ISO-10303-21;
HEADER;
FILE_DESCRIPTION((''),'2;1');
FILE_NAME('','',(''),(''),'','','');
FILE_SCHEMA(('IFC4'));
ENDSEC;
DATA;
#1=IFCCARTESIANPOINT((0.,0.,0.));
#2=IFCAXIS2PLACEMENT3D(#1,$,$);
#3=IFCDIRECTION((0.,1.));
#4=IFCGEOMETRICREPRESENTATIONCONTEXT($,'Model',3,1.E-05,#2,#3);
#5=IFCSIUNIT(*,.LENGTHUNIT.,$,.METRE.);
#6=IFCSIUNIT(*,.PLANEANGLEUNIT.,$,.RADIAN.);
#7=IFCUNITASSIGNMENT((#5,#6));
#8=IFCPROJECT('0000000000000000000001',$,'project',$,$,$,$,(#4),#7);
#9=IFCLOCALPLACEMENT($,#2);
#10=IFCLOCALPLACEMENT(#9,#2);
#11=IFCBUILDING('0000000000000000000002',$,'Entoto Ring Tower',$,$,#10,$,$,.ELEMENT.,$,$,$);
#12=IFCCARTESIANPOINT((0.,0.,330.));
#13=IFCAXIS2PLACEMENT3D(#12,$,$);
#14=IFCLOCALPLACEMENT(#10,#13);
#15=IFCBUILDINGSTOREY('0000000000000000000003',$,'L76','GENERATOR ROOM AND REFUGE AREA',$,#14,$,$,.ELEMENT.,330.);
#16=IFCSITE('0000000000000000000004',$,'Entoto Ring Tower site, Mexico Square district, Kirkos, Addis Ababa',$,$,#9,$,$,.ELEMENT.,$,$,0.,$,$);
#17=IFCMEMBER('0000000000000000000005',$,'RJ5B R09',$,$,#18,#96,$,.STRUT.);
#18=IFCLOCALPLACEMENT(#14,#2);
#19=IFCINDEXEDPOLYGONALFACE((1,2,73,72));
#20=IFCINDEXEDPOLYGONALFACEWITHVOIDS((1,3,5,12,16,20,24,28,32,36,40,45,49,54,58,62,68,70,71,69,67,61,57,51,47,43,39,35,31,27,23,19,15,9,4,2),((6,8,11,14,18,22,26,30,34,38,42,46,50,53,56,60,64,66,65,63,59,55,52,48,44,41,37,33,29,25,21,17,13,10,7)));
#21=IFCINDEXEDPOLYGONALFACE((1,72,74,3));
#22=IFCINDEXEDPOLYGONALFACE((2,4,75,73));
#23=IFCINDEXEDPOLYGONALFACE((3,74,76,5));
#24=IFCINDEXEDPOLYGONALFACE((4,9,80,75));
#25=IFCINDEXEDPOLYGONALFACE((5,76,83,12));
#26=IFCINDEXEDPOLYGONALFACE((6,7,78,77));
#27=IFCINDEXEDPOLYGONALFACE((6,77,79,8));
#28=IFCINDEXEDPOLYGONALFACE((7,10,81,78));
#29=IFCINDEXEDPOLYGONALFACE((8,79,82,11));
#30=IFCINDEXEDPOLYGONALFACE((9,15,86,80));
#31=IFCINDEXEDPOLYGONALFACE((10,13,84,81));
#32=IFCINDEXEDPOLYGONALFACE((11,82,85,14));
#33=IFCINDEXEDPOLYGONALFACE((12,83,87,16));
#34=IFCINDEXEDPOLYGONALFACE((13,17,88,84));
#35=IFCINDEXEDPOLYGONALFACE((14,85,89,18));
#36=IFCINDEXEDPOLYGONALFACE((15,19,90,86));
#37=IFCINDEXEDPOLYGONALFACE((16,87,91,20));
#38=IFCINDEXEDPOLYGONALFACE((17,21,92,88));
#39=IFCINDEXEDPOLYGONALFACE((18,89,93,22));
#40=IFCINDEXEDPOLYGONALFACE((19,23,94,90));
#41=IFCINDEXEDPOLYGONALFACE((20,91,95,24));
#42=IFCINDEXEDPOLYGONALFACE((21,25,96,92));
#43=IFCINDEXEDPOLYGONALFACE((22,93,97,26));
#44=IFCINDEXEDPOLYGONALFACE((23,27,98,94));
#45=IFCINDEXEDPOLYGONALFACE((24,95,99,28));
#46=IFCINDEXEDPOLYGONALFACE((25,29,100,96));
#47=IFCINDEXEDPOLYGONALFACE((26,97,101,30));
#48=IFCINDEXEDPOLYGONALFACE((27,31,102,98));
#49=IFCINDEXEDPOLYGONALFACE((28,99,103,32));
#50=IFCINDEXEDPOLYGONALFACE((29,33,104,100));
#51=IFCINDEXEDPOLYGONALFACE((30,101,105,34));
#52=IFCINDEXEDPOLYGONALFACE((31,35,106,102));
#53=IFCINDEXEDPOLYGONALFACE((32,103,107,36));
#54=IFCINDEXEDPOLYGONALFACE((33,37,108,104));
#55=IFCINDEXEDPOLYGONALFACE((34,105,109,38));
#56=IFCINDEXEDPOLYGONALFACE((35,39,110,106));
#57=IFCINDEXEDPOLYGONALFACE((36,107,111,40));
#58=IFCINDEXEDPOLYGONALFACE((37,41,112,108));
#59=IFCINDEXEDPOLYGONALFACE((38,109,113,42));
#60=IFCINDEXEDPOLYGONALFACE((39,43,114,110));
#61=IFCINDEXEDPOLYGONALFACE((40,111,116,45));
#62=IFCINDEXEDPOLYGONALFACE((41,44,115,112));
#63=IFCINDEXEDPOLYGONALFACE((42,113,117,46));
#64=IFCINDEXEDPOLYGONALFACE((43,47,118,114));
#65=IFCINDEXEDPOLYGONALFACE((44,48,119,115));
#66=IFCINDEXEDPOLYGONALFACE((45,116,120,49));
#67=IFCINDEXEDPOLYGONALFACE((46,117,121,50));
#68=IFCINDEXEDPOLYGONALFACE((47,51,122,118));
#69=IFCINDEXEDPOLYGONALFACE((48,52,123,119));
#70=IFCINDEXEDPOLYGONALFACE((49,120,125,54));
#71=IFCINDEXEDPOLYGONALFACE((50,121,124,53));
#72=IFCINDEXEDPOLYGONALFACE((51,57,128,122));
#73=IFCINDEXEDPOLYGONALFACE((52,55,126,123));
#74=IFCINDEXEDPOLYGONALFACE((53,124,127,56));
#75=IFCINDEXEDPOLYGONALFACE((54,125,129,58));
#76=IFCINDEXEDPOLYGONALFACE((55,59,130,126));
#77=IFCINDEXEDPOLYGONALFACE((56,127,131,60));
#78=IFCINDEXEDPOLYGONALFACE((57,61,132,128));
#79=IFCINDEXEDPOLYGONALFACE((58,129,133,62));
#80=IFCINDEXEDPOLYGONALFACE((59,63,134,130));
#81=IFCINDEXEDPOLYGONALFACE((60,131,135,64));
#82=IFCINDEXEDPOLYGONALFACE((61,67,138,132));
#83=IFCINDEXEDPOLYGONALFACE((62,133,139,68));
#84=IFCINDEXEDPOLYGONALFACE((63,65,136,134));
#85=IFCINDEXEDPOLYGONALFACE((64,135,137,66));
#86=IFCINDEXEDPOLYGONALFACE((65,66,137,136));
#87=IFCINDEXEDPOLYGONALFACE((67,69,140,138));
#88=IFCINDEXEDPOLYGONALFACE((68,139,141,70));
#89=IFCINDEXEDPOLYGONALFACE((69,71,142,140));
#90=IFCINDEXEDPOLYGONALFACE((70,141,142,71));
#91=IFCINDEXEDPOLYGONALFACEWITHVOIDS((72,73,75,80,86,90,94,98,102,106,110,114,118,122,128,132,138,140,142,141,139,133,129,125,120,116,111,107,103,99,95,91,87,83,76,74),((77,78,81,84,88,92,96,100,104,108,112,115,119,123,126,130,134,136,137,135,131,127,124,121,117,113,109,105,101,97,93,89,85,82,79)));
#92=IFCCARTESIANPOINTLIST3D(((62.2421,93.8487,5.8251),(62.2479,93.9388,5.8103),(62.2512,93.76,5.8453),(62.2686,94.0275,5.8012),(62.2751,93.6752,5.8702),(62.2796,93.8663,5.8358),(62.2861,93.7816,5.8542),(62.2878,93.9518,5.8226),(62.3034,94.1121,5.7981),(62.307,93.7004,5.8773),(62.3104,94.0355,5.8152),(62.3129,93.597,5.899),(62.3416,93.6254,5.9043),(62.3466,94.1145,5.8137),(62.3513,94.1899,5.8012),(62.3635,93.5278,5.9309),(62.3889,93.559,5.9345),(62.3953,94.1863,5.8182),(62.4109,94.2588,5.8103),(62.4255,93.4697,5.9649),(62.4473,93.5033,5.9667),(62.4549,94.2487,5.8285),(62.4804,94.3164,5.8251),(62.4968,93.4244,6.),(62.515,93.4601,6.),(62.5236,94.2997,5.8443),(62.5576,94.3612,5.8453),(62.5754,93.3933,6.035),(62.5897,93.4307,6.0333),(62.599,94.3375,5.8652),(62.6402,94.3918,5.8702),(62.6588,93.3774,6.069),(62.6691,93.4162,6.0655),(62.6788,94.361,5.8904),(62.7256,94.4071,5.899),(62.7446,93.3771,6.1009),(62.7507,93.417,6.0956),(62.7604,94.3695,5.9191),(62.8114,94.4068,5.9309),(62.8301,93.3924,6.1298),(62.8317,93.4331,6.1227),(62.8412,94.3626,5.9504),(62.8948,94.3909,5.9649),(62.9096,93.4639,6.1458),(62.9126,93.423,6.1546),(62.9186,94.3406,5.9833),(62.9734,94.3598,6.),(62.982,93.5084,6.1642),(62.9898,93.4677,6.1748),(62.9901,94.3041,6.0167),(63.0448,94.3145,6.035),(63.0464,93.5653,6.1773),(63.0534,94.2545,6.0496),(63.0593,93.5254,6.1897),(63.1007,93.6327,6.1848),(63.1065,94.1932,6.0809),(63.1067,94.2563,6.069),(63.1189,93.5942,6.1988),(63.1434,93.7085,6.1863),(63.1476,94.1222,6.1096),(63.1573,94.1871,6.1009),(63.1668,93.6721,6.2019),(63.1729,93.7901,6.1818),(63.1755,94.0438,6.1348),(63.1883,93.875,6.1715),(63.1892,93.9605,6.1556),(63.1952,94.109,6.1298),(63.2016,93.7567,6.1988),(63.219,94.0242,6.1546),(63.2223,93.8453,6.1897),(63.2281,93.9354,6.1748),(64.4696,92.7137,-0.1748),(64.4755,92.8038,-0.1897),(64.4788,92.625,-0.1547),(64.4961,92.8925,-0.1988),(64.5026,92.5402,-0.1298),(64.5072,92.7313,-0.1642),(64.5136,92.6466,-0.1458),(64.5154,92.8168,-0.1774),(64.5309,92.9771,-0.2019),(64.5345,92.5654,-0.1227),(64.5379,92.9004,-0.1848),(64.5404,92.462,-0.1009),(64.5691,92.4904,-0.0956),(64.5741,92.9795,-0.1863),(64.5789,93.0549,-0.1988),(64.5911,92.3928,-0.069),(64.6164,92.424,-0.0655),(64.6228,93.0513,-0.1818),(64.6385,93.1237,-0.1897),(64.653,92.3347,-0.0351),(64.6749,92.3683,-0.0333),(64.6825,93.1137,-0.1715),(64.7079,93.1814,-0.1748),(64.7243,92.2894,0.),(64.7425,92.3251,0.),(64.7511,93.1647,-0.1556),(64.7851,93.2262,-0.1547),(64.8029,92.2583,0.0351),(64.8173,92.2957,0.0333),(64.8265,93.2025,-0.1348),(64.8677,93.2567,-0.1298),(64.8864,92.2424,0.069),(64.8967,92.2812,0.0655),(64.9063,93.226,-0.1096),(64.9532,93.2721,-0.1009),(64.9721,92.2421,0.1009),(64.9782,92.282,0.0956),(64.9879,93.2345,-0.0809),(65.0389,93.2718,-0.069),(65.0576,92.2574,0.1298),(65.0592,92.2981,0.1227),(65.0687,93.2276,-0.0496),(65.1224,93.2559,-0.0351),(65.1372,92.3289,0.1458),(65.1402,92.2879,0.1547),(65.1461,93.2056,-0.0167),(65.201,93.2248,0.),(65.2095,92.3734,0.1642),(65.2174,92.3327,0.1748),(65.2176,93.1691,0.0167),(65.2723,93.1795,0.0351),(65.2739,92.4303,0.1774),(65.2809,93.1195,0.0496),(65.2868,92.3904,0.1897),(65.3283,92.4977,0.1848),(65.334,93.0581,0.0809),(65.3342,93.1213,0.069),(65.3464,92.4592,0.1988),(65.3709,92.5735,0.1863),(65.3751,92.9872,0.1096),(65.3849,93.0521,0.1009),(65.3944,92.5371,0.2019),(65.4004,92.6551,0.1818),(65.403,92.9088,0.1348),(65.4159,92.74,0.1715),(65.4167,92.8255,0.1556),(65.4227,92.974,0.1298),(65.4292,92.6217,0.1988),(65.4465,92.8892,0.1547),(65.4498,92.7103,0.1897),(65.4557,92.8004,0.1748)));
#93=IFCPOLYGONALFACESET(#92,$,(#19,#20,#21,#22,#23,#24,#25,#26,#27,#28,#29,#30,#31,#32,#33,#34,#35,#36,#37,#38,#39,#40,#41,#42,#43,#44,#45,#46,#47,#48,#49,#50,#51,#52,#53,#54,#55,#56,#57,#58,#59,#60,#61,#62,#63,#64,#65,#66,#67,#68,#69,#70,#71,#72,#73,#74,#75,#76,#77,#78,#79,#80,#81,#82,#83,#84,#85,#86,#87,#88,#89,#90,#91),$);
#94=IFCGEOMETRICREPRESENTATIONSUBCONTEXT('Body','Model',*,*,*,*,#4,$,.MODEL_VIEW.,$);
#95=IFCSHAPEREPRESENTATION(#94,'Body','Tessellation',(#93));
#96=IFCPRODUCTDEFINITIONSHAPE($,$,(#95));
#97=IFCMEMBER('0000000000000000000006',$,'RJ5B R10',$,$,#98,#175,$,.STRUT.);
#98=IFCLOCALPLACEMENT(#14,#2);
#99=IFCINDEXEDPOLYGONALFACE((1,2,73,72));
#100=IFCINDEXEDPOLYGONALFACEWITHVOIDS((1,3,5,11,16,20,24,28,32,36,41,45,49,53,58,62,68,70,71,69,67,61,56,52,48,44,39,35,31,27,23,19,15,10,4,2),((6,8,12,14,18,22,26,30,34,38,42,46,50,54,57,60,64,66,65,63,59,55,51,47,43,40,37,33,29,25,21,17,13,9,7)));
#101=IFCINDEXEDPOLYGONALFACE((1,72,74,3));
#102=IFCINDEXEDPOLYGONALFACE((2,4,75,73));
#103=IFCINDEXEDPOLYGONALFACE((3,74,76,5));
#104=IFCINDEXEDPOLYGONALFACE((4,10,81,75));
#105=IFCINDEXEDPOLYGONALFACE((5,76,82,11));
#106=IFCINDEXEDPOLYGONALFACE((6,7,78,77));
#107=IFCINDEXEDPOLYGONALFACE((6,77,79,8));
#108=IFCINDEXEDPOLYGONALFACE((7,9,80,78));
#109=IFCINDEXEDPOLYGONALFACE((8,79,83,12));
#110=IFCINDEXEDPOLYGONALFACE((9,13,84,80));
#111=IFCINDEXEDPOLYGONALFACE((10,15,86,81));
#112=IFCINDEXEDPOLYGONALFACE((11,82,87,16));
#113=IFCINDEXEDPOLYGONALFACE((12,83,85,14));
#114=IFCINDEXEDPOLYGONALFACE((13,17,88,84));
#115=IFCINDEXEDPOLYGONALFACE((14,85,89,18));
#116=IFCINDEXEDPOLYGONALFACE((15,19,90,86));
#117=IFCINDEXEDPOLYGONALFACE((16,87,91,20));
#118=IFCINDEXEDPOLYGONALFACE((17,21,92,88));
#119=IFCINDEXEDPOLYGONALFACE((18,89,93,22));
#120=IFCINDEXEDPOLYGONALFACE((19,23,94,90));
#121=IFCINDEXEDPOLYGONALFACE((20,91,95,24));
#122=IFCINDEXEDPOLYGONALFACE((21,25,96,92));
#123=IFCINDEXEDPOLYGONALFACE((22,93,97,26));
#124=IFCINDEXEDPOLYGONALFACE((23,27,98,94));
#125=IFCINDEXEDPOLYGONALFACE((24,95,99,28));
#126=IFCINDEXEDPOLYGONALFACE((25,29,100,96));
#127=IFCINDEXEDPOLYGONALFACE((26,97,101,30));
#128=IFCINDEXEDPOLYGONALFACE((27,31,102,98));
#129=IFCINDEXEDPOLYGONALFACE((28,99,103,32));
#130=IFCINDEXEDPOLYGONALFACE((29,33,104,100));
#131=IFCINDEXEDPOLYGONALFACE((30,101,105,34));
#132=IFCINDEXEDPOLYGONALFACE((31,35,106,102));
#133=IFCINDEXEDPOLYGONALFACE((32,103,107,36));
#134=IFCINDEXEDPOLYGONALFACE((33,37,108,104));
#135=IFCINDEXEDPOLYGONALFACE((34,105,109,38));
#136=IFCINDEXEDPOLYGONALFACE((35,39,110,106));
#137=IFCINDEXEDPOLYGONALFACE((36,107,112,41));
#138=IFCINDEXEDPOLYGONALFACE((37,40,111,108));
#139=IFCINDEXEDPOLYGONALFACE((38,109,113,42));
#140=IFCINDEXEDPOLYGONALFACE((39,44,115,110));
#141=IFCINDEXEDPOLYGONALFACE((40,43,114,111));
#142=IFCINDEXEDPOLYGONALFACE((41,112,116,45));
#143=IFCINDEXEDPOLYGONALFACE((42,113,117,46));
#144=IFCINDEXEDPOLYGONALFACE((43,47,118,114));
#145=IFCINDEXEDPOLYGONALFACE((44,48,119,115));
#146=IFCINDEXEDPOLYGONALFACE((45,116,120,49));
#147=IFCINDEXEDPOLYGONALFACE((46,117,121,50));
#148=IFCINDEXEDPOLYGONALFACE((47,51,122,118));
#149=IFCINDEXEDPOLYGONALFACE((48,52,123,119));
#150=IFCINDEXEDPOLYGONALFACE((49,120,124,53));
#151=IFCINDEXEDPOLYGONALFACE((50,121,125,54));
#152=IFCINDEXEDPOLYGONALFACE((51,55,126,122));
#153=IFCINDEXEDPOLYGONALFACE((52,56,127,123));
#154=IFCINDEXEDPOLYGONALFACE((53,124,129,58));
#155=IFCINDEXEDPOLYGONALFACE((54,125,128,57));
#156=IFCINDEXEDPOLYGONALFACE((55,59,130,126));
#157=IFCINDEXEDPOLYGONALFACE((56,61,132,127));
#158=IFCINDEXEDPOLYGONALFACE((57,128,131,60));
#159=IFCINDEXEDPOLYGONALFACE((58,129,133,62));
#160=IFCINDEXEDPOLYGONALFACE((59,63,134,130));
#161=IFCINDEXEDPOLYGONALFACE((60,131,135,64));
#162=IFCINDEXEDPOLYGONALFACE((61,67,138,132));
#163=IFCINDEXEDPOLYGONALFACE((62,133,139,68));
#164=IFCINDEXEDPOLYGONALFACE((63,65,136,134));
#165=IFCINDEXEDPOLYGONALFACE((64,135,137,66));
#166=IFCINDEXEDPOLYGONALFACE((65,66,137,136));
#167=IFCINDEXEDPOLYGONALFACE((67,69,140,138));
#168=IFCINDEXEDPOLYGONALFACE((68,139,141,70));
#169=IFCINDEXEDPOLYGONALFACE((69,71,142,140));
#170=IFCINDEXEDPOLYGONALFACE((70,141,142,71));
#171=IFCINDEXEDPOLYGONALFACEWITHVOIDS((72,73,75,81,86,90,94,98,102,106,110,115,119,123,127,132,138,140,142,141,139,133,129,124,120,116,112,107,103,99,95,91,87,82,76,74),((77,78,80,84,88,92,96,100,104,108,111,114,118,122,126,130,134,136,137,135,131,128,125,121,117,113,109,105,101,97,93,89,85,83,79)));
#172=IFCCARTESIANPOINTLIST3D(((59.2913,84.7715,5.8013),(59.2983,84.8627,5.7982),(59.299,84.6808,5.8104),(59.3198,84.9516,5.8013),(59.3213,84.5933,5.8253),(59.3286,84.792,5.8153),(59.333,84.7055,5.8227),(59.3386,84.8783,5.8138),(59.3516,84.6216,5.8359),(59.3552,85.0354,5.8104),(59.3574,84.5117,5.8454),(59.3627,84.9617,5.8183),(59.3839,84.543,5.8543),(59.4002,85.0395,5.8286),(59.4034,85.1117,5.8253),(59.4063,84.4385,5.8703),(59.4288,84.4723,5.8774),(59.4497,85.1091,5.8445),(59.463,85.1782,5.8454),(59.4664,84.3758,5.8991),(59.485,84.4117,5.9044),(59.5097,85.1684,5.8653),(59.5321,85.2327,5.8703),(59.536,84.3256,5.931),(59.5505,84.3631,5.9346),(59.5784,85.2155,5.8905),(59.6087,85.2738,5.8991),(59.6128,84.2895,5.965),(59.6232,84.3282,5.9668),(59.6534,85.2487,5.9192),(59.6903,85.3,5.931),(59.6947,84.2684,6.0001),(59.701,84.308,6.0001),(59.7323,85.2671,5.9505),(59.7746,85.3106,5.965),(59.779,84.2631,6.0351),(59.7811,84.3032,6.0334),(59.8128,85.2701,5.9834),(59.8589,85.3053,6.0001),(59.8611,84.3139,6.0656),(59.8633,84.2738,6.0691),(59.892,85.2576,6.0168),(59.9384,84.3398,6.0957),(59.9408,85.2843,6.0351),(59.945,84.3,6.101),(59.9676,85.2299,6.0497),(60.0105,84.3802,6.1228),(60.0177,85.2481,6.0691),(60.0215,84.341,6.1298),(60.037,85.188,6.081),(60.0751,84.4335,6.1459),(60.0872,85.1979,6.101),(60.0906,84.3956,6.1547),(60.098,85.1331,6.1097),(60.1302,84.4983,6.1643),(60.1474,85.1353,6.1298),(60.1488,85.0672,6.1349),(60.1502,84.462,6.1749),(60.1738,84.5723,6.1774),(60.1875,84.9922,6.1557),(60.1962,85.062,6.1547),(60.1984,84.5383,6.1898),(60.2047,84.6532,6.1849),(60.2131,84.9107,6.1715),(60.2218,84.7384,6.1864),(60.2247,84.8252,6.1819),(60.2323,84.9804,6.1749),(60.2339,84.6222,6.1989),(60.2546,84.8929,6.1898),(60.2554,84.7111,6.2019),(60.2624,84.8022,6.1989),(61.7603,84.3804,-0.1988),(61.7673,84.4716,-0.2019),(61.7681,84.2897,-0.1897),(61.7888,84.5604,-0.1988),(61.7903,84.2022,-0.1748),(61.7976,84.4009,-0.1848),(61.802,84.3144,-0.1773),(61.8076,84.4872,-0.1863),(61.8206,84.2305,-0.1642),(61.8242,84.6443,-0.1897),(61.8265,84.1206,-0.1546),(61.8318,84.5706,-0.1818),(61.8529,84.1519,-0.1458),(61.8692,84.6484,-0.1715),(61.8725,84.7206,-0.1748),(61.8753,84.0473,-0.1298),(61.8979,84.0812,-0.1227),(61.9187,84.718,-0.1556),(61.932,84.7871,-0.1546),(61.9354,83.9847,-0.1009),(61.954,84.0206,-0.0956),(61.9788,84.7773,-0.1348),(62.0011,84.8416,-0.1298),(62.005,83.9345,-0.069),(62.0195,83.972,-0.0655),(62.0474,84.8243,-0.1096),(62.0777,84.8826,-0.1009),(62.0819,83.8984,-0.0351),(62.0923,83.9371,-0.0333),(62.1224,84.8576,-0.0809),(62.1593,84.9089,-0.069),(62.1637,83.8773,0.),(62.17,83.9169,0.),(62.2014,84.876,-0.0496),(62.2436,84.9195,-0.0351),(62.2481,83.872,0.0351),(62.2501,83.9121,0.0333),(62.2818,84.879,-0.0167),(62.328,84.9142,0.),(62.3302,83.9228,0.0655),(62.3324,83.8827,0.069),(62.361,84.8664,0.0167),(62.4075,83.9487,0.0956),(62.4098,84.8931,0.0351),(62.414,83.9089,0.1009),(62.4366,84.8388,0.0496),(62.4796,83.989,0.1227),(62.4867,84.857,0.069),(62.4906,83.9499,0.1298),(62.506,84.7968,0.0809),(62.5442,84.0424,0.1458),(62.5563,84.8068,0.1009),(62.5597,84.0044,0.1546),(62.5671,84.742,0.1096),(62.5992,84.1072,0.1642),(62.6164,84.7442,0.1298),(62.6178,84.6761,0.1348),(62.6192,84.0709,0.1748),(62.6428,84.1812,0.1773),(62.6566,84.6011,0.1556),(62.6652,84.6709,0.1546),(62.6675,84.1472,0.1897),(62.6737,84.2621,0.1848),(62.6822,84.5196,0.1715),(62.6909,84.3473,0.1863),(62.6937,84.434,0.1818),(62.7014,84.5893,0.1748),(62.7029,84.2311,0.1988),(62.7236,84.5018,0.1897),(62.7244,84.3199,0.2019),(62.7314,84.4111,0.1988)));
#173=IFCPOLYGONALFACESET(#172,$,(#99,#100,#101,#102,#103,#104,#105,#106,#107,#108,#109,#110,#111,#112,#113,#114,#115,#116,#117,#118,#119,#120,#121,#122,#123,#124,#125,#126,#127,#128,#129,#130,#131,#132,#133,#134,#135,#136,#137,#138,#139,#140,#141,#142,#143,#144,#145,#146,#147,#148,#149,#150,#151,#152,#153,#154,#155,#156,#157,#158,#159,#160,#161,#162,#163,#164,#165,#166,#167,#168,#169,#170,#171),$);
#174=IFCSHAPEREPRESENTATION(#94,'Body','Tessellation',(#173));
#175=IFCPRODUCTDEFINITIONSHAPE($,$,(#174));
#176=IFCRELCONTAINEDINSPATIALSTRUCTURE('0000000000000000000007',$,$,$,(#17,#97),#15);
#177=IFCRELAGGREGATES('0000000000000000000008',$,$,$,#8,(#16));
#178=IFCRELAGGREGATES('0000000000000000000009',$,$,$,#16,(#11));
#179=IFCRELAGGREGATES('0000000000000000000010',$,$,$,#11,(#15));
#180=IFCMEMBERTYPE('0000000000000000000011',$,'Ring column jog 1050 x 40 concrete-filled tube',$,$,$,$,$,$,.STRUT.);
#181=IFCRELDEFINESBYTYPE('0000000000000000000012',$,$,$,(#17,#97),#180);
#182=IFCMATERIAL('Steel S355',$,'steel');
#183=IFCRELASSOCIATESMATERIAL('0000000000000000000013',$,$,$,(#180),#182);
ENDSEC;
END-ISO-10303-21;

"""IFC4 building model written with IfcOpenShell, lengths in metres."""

from ifc_helpers import new_model, si_unit, direction, frame, origin, origin_2d, place, context, subcontext, project, spatial, circle, hollow_circle, extrude, material, material_profile, profile_set, type_object, element, save


model = new_model("IFC4")

# Units and contexts
model_context = context("Model", 3, precision=1e-05, world=origin(), true_north=direction((0.0, 1.0)))
body_context = subcontext(model_context, "Body", "Model", "MODEL_VIEW")
ifc_project = project(units=[si_unit("LENGTHUNIT", "METRE"), si_unit("PLANEANGLEUNIT", "RADIAN")], contexts=[model_context])

# Site, building, storey
site_placement = place(None, origin())
site = spatial("IfcSite", under=ifc_project, at=site_placement, Name="Entoto Ring Tower site, Mexico Square district, Kirkos, Addis Ababa", CompositionType="ELEMENT", RefElevation=0.0)
building_placement = place(site_placement, origin())
building = spatial("IfcBuilding", under=site, at=building_placement, Name="Entoto Ring Tower", CompositionType="ELEMENT")
storey_placement = place(building_placement, frame((0.0, 0.0, 330.0)))
storey = spatial("IfcBuildingStorey", under=building, at=storey_placement, Name="L76", Description="GENERATOR ROOM AND REFUGE AREA", CompositionType="ELEMENT", Elevation=330.0)

# Members
ifc_material_1 = material(Name="Steel S355", Category="steel")
ifc_material_profile_1 = material_profile(ifc_material_1, hollow_circle(Radius=0.5249, WallThickness=0.04, at=origin_2d()), Name="CHS 1050 x 40")
ifc_material_2 = material(Name="Concrete C60/75", Category="concrete")
ifc_material_profile_2 = material_profile(ifc_material_2, circle(Radius=0.4851, at=origin_2d()), Name="Concrete C60/75 infill")
ifc_profile_set_1 = profile_set([ifc_material_profile_1, ifc_material_profile_2], Name="Steel S355")
member_type_1 = type_object("IfcMemberType", Name="Ring column jog 1050 x 40 concrete-filled tube", PredefinedType="STRUT", material=ifc_profile_set_1)
for number, where, z_axis, x_axis, name in (
    (1, (64.9626, 92.7571, 0.0), (-0.342698, 0.174617, 0.923075), (-0.453997, -0.891003, 0.0), "RJ5B R09"),
    (2, (62.2458, 84.3958, 0.0), (-0.37985, 0.060172, 0.923089), (-0.156459, -0.987684, 0.0), "RJ5B R10"),
):
    element("IfcMember", number, at=place(storey_placement, frame(where, z_axis=z_axis, x_axis=x_axis)), inside=storey, type_object=member_type_1, Name=name, PredefinedType="STRUT", context=body_context, shape_type="SweptSolid", body=[
        extrude(hollow_circle(Radius=0.5249, WallThickness=0.04, at=origin_2d()), origin(), (0.0, 0.0, 1.0), 6.5),
    ])

save(model, "model.ifc")
